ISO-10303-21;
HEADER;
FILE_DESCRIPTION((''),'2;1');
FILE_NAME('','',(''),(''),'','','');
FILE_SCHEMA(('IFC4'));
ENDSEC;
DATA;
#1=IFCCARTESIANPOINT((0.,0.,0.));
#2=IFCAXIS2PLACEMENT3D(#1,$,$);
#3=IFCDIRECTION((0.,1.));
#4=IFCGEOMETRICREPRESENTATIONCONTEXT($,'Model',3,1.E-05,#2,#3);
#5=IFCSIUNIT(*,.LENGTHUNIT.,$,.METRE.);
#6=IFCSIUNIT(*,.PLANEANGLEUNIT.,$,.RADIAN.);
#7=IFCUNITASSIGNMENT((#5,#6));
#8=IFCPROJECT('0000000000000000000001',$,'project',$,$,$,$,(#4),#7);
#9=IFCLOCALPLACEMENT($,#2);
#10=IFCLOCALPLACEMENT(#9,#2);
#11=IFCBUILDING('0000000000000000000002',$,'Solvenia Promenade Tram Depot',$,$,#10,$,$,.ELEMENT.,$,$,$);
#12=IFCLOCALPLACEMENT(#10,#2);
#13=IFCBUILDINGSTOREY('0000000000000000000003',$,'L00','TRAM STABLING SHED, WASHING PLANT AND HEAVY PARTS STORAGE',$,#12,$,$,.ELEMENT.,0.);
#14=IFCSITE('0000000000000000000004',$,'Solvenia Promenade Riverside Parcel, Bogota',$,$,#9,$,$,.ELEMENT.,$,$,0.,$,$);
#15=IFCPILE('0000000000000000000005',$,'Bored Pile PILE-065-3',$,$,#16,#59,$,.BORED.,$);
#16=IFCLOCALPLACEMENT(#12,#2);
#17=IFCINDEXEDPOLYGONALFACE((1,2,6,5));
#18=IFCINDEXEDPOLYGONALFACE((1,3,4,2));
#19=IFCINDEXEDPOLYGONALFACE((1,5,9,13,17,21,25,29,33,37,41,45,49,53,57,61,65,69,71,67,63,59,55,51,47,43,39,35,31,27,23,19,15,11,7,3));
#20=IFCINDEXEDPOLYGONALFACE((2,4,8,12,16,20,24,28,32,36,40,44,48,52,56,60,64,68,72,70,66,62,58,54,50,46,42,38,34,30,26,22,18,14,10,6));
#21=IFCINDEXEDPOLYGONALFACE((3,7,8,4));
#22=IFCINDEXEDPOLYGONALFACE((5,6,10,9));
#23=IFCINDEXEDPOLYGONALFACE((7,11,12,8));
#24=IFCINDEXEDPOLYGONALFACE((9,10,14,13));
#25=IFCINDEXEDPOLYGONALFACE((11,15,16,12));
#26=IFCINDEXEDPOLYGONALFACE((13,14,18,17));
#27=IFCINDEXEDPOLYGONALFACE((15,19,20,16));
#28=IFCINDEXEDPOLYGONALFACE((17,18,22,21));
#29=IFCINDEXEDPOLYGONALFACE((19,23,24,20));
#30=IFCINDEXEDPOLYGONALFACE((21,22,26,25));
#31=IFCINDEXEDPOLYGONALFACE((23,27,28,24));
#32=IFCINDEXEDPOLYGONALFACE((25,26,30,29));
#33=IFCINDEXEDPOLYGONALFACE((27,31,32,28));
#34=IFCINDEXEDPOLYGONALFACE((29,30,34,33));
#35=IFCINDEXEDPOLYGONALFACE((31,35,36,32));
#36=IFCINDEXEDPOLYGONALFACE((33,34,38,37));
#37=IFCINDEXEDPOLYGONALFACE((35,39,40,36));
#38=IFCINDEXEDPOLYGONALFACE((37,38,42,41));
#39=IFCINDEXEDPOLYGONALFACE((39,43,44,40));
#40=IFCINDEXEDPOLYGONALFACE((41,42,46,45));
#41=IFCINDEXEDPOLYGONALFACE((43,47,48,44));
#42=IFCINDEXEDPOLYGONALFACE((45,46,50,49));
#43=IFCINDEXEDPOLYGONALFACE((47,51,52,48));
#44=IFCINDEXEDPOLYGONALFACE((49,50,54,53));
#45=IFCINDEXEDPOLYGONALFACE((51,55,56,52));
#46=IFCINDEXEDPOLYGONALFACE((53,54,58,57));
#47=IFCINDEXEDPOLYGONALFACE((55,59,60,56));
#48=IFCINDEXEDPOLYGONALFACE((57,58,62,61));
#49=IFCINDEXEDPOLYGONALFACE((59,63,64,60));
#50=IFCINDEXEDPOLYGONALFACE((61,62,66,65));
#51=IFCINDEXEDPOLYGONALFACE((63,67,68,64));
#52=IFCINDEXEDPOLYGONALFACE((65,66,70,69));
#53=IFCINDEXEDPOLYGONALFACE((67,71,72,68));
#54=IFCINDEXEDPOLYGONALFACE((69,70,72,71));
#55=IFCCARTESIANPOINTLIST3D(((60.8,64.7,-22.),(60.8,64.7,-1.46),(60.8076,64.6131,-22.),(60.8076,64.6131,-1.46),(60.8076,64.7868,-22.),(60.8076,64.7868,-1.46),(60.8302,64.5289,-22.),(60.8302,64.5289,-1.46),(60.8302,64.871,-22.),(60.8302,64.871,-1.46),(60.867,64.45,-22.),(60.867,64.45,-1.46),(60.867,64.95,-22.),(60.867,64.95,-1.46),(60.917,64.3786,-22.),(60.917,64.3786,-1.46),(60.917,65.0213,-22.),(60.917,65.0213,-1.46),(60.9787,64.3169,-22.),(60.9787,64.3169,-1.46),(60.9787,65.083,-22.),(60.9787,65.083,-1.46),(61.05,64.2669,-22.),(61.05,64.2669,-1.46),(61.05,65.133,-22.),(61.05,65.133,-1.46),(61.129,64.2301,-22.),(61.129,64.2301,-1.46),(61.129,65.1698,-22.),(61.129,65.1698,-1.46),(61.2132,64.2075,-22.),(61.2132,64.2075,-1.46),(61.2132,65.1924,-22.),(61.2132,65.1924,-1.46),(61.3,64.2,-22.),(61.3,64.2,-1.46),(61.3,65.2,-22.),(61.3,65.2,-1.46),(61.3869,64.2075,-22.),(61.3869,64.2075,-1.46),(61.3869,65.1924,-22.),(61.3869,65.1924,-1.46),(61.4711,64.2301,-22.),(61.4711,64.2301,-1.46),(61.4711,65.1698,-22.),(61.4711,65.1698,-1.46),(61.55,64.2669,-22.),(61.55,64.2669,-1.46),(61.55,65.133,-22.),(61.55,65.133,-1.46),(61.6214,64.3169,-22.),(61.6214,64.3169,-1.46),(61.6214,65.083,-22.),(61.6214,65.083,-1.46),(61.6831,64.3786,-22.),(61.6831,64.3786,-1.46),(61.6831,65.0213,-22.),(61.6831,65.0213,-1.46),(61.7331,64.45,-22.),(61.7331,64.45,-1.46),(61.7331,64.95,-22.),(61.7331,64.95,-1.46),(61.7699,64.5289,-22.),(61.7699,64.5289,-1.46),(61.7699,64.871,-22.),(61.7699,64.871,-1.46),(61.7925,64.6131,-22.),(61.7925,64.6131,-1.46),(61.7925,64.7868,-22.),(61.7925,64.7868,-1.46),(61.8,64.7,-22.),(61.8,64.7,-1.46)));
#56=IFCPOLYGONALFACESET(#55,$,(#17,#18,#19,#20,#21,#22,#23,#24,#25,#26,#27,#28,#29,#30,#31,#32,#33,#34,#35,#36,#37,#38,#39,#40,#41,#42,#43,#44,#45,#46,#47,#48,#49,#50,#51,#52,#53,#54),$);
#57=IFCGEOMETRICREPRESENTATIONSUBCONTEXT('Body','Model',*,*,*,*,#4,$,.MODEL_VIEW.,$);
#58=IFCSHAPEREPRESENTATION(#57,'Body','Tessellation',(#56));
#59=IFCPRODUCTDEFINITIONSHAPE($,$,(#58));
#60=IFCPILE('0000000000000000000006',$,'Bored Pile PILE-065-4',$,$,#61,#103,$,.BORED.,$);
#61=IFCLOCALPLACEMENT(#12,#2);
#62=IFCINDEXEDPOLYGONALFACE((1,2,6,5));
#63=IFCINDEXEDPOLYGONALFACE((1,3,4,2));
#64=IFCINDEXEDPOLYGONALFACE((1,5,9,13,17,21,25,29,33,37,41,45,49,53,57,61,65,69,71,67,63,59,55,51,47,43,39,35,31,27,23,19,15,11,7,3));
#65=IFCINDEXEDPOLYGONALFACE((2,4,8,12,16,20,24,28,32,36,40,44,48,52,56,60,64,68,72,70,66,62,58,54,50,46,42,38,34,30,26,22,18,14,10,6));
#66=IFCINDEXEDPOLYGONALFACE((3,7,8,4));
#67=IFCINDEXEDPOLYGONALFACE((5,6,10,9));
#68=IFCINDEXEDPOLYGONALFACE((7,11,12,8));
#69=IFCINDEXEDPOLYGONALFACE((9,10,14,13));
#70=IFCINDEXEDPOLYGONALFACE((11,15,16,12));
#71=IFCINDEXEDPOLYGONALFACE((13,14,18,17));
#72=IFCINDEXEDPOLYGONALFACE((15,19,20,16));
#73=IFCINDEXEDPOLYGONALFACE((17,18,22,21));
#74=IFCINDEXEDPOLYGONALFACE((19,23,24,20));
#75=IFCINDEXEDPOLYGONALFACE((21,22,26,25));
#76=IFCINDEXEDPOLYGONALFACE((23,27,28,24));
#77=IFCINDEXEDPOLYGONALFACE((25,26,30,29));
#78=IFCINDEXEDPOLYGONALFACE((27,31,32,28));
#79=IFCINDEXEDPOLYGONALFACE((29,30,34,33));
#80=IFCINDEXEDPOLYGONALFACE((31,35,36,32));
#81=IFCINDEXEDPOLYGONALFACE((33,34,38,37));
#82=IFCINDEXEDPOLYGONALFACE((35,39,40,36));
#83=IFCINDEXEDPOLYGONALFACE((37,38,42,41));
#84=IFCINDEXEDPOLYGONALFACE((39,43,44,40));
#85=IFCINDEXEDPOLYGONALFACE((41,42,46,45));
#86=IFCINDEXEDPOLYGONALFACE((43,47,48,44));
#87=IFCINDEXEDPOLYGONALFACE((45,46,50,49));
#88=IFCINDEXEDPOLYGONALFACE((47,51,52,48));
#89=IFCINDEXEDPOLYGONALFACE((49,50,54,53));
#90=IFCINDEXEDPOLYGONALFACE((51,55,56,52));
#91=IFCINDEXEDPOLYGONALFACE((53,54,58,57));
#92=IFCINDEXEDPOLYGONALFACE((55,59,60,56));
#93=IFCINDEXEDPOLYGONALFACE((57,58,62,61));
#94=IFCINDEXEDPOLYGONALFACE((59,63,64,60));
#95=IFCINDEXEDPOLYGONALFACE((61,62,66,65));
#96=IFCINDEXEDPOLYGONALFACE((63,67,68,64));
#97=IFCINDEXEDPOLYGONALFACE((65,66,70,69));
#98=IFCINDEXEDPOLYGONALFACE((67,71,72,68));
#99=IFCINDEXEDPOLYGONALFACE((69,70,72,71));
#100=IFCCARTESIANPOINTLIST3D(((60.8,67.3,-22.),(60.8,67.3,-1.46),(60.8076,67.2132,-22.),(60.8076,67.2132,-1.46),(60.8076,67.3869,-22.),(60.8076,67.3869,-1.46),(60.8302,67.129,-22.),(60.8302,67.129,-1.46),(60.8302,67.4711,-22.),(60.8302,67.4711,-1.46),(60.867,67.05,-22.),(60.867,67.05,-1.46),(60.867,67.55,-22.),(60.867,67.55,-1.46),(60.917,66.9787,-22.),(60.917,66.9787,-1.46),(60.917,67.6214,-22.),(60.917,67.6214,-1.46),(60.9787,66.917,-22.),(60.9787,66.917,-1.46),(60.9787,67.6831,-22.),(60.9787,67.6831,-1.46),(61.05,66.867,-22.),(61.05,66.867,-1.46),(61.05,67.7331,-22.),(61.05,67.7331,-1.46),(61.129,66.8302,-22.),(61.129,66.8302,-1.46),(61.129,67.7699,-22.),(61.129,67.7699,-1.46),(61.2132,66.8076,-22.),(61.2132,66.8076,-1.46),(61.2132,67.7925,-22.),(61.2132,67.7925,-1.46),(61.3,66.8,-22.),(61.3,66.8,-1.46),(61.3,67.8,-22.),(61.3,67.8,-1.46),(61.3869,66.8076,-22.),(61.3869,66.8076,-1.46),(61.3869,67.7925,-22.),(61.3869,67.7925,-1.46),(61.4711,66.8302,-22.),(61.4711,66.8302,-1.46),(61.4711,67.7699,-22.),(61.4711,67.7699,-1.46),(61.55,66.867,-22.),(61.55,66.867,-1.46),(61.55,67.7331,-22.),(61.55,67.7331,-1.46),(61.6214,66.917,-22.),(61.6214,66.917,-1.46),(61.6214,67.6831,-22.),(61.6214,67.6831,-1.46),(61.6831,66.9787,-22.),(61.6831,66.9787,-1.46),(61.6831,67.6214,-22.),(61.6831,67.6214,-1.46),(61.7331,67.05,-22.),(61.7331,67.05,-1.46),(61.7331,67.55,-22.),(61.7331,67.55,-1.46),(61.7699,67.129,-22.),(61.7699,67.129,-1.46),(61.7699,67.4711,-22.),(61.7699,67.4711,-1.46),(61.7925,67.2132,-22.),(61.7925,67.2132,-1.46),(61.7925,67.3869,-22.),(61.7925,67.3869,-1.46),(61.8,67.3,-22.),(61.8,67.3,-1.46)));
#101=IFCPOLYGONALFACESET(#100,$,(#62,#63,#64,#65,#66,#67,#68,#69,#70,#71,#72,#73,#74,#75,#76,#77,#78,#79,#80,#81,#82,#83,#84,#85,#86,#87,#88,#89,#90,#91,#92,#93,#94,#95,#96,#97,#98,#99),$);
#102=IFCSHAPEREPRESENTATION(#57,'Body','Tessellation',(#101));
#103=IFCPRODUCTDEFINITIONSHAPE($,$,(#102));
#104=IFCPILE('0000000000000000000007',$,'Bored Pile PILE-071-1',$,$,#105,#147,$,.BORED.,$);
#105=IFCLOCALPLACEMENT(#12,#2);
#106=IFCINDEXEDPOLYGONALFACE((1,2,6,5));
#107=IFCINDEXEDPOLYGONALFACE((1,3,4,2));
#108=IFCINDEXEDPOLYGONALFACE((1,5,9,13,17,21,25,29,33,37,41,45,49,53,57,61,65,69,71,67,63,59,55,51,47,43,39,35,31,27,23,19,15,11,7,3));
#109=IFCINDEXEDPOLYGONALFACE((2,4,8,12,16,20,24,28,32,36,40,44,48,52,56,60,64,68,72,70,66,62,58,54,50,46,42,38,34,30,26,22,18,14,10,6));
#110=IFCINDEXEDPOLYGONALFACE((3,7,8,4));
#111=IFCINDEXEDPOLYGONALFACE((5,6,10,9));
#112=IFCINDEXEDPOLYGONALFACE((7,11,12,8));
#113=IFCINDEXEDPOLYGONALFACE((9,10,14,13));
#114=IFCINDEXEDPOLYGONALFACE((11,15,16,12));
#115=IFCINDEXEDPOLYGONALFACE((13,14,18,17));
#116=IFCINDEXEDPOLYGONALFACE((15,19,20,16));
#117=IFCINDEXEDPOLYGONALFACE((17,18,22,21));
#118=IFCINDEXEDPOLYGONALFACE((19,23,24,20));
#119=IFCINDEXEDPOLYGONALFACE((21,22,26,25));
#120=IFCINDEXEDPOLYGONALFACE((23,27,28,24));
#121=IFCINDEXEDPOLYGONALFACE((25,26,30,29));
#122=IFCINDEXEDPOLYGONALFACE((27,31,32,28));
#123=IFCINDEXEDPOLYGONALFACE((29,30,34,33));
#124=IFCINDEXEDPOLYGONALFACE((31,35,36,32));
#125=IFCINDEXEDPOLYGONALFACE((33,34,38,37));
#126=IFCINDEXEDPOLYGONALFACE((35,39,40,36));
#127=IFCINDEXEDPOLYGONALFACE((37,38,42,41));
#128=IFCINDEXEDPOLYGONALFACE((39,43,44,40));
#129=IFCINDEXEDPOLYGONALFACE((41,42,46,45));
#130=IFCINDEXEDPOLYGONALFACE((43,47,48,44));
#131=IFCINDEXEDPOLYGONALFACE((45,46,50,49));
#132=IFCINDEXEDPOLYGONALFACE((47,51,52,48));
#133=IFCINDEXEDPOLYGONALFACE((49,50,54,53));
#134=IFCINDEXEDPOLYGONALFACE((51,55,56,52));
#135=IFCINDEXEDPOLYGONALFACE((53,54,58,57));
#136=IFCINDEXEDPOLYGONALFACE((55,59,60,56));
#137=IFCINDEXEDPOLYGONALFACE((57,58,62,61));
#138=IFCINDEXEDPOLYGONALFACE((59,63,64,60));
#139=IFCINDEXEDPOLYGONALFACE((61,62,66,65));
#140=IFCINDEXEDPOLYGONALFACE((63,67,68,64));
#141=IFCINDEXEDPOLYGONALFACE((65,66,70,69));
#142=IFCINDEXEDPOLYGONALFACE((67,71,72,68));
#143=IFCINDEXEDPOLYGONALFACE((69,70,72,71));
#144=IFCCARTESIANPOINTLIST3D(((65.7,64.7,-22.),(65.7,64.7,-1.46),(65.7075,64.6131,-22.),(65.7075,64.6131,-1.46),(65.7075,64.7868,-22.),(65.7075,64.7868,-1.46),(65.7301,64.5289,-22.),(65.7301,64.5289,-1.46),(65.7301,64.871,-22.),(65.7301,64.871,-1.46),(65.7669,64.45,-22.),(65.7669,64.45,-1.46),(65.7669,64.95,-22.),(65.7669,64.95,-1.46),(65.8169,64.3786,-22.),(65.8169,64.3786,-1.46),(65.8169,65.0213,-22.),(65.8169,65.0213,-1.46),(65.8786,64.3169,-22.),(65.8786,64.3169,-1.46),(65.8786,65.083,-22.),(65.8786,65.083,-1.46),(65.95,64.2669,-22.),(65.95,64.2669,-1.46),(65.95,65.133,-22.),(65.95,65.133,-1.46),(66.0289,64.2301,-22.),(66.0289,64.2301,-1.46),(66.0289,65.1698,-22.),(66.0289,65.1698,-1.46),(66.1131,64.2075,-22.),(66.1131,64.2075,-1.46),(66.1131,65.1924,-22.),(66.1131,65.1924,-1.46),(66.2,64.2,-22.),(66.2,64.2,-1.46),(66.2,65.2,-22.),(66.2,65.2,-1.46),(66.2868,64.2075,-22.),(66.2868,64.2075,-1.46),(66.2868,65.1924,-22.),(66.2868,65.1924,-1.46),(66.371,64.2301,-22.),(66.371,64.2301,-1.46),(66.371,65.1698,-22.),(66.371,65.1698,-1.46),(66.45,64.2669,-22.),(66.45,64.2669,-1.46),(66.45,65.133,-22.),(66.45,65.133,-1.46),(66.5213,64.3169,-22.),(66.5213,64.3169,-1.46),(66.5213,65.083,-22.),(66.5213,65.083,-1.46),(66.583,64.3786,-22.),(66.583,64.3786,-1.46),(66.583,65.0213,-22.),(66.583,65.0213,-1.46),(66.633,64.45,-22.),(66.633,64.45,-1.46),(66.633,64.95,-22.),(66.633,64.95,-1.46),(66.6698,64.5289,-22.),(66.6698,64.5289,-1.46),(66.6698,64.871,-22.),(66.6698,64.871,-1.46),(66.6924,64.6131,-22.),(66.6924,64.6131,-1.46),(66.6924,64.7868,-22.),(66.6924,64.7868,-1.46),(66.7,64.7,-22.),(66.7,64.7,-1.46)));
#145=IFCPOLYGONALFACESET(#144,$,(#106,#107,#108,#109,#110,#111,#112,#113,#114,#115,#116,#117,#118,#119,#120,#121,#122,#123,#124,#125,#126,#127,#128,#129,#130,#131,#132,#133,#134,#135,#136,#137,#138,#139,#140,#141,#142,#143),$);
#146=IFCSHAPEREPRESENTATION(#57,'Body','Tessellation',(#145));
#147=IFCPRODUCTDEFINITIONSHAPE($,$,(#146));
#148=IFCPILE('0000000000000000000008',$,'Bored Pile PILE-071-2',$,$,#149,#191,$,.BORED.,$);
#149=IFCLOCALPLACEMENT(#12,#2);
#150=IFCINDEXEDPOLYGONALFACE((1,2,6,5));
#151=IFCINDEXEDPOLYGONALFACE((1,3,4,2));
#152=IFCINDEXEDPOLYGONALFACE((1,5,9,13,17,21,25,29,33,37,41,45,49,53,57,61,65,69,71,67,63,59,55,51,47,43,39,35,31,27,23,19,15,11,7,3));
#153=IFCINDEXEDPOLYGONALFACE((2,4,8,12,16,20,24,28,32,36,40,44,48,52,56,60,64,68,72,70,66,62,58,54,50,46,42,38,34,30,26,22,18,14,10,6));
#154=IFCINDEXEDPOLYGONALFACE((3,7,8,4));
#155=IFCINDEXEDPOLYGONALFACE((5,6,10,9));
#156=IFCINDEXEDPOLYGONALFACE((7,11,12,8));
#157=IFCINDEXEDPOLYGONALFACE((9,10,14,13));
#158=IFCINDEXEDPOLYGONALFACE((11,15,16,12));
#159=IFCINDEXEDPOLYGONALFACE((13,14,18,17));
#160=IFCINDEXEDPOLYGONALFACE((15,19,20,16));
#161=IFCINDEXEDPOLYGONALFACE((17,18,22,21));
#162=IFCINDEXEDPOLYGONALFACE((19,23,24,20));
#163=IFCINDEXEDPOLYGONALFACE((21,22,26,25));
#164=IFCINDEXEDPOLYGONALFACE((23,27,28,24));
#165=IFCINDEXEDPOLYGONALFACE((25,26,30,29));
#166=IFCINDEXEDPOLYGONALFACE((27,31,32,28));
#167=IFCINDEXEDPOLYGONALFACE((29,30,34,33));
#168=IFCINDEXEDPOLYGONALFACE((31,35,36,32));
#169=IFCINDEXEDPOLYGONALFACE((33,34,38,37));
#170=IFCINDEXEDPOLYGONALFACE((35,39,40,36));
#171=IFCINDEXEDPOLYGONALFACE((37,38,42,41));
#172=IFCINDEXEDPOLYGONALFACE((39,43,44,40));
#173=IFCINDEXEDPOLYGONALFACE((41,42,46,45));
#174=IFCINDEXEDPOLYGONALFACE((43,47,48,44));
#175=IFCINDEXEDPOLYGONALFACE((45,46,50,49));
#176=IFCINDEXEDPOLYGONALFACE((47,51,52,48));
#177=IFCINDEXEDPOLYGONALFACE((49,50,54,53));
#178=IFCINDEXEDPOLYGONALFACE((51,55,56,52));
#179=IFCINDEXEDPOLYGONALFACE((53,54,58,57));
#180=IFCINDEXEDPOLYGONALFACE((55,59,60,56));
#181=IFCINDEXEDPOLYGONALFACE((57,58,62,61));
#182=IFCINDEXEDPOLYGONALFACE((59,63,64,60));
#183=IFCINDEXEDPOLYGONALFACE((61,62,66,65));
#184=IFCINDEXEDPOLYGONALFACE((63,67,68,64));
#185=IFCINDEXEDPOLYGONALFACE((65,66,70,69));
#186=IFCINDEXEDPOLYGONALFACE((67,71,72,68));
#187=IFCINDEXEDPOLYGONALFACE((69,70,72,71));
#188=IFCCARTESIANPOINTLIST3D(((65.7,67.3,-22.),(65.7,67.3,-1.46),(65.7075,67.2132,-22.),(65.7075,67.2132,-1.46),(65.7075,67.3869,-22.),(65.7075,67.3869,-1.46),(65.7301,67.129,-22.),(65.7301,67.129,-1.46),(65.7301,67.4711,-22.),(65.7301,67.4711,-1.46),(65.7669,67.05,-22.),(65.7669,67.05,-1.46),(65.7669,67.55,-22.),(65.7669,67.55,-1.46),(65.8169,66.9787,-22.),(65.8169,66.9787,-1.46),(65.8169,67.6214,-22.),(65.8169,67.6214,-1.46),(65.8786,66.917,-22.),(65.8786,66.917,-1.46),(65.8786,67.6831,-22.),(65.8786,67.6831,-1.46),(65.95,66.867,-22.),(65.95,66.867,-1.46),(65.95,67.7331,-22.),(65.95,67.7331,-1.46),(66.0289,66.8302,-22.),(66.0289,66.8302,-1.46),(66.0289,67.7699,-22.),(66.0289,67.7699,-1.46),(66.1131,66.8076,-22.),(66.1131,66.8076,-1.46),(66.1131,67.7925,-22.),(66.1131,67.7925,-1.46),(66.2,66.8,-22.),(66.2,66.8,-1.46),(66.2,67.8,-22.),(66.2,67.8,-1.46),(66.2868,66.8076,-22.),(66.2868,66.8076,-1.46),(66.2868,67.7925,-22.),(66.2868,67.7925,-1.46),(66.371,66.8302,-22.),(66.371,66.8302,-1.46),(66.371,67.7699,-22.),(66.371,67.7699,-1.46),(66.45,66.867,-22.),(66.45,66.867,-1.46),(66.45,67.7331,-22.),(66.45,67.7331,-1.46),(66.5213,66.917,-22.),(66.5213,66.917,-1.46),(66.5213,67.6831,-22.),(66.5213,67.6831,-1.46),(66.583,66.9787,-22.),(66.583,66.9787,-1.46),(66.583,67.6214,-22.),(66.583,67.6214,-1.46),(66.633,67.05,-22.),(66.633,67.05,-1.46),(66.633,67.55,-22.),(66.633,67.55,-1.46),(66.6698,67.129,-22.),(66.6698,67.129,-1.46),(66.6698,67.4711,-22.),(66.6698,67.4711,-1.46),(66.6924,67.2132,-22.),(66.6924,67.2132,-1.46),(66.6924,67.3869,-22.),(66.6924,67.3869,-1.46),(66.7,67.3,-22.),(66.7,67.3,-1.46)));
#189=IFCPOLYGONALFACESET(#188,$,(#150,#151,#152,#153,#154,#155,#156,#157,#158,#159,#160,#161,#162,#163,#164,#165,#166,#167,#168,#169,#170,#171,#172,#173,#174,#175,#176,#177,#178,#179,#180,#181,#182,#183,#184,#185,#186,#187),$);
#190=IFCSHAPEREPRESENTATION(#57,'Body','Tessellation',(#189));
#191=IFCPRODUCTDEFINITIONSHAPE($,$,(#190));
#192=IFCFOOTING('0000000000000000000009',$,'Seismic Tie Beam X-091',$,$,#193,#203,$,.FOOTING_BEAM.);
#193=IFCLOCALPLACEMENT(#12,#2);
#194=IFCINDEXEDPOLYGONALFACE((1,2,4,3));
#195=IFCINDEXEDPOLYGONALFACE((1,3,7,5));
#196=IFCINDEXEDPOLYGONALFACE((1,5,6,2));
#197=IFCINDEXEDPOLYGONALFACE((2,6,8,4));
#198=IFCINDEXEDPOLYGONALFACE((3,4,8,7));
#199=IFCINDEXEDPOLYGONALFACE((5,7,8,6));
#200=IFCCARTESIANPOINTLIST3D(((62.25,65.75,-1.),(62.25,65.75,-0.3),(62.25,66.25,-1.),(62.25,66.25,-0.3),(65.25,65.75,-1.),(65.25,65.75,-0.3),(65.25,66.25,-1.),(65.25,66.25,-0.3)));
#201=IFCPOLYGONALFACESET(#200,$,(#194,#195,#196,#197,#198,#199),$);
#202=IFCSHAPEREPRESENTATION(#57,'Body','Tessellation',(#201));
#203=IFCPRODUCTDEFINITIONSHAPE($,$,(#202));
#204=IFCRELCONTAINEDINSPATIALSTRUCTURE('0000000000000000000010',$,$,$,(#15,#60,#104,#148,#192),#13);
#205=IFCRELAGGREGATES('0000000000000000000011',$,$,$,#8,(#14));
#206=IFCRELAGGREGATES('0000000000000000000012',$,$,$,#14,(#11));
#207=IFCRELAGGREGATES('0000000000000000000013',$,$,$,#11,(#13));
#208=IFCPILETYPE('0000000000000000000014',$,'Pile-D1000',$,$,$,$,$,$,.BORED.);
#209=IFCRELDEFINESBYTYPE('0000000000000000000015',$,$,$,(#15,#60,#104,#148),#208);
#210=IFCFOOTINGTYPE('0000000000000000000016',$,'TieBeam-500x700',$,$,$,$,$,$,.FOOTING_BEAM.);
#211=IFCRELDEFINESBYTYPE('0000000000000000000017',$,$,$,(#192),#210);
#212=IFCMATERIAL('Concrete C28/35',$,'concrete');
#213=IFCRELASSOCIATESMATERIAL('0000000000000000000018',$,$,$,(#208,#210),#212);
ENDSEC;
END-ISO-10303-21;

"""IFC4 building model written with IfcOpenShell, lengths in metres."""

from ifc_helpers import new_model, si_unit, direction, frame, origin, origin_2d, place, context, subcontext, project, spatial, rectangle, circle, extrude, material, material_profile, profile_set, type_object, element, save


model = new_model("IFC4")

# Units and contexts
model_context = context("Model", 3, precision=1e-05, world=origin(), true_north=direction((0.0, 1.0)))
body_context = subcontext(model_context, "Body", "Model", "MODEL_VIEW")
ifc_project = project(units=[si_unit("LENGTHUNIT", "METRE"), si_unit("PLANEANGLEUNIT", "RADIAN")], contexts=[model_context])

# Site, building, storey
site_placement = place(None, origin())
site = spatial("IfcSite", under=ifc_project, at=site_placement, Name="Solvenia Promenade Riverside Parcel, Bogota", CompositionType="ELEMENT", RefElevation=0.0)
building_placement = place(site_placement, origin())
building = spatial("IfcBuilding", under=site, at=building_placement, Name="Solvenia Promenade Tram Depot", CompositionType="ELEMENT")
storey_placement = place(building_placement, origin())
storey = spatial("IfcBuildingStorey", under=building, at=storey_placement, Name="L00", Description="TRAM STABLING SHED, WASHING PLANT AND HEAVY PARTS STORAGE", CompositionType="ELEMENT", Elevation=0.0)

# Piles
ifc_material_1 = material(Name="Concrete C28/35", Category="concrete")
ifc_material_profile_1 = material_profile(ifc_material_1, circle(Radius=0.5, at=origin_2d()), Name="D1000", Category="concrete")
ifc_profile_set_1 = profile_set([ifc_material_profile_1], Name="Concrete C28/35")
pile_type = type_object("IfcPileType", Name="Pile-D1000", PredefinedType="BORED", material=ifc_profile_set_1)
for number, where, z_axis, x_axis, name in (
    (1, (61.3, 64.7, -1.46), (0.0, 0.0, -1.0), (1.0, 0.0, 0.0), "Bored Pile PILE-065-3"),
    (2, (61.3, 67.3, -1.46), (0.0, 0.0, -1.0), (1.0, 0.0, 0.0), "Bored Pile PILE-065-4"),
    (3, (66.2, 64.7, -1.46), (0.0, 0.0, -1.0), (1.0, 0.0, 0.0), "Bored Pile PILE-071-1"),
    (4, (66.2, 67.3, -1.46), (0.0, 0.0, -1.0), (1.0, 0.0, 0.0), "Bored Pile PILE-071-2"),
):
    element("IfcPile", number, at=place(storey_placement, frame(where, z_axis=z_axis, x_axis=x_axis)), inside=storey, type_object=pile_type, Name=name, PredefinedType="BORED", context=body_context, shape_type="SweptSolid", body=[
        extrude(circle(Radius=0.5, at=origin_2d()), origin(), (0.0, 0.0, 1.0), 20.54),
    ])

# Footing
footing_type = type_object("IfcFootingType", Name="TieBeam-500x700", PredefinedType="FOOTING_BEAM", material=ifc_material_1)
footing_placement = place(storey_placement, frame((63.75, 66.0, -1.0), z_axis=(0.0, 0.0, 1.0), x_axis=(1.0, 0.0, 0.0)))
element("IfcFooting", 5, at=footing_placement, inside=storey, type_object=footing_type, Name="Seismic Tie Beam X-091", PredefinedType="FOOTING_BEAM", context=body_context, shape_type="SweptSolid", body=[
    extrude(rectangle(XDim=3.0, YDim=0.5, at=origin_2d()), origin(), (0.0, 0.0, 1.0), 0.7),
])

save(model, "model.ifc")
